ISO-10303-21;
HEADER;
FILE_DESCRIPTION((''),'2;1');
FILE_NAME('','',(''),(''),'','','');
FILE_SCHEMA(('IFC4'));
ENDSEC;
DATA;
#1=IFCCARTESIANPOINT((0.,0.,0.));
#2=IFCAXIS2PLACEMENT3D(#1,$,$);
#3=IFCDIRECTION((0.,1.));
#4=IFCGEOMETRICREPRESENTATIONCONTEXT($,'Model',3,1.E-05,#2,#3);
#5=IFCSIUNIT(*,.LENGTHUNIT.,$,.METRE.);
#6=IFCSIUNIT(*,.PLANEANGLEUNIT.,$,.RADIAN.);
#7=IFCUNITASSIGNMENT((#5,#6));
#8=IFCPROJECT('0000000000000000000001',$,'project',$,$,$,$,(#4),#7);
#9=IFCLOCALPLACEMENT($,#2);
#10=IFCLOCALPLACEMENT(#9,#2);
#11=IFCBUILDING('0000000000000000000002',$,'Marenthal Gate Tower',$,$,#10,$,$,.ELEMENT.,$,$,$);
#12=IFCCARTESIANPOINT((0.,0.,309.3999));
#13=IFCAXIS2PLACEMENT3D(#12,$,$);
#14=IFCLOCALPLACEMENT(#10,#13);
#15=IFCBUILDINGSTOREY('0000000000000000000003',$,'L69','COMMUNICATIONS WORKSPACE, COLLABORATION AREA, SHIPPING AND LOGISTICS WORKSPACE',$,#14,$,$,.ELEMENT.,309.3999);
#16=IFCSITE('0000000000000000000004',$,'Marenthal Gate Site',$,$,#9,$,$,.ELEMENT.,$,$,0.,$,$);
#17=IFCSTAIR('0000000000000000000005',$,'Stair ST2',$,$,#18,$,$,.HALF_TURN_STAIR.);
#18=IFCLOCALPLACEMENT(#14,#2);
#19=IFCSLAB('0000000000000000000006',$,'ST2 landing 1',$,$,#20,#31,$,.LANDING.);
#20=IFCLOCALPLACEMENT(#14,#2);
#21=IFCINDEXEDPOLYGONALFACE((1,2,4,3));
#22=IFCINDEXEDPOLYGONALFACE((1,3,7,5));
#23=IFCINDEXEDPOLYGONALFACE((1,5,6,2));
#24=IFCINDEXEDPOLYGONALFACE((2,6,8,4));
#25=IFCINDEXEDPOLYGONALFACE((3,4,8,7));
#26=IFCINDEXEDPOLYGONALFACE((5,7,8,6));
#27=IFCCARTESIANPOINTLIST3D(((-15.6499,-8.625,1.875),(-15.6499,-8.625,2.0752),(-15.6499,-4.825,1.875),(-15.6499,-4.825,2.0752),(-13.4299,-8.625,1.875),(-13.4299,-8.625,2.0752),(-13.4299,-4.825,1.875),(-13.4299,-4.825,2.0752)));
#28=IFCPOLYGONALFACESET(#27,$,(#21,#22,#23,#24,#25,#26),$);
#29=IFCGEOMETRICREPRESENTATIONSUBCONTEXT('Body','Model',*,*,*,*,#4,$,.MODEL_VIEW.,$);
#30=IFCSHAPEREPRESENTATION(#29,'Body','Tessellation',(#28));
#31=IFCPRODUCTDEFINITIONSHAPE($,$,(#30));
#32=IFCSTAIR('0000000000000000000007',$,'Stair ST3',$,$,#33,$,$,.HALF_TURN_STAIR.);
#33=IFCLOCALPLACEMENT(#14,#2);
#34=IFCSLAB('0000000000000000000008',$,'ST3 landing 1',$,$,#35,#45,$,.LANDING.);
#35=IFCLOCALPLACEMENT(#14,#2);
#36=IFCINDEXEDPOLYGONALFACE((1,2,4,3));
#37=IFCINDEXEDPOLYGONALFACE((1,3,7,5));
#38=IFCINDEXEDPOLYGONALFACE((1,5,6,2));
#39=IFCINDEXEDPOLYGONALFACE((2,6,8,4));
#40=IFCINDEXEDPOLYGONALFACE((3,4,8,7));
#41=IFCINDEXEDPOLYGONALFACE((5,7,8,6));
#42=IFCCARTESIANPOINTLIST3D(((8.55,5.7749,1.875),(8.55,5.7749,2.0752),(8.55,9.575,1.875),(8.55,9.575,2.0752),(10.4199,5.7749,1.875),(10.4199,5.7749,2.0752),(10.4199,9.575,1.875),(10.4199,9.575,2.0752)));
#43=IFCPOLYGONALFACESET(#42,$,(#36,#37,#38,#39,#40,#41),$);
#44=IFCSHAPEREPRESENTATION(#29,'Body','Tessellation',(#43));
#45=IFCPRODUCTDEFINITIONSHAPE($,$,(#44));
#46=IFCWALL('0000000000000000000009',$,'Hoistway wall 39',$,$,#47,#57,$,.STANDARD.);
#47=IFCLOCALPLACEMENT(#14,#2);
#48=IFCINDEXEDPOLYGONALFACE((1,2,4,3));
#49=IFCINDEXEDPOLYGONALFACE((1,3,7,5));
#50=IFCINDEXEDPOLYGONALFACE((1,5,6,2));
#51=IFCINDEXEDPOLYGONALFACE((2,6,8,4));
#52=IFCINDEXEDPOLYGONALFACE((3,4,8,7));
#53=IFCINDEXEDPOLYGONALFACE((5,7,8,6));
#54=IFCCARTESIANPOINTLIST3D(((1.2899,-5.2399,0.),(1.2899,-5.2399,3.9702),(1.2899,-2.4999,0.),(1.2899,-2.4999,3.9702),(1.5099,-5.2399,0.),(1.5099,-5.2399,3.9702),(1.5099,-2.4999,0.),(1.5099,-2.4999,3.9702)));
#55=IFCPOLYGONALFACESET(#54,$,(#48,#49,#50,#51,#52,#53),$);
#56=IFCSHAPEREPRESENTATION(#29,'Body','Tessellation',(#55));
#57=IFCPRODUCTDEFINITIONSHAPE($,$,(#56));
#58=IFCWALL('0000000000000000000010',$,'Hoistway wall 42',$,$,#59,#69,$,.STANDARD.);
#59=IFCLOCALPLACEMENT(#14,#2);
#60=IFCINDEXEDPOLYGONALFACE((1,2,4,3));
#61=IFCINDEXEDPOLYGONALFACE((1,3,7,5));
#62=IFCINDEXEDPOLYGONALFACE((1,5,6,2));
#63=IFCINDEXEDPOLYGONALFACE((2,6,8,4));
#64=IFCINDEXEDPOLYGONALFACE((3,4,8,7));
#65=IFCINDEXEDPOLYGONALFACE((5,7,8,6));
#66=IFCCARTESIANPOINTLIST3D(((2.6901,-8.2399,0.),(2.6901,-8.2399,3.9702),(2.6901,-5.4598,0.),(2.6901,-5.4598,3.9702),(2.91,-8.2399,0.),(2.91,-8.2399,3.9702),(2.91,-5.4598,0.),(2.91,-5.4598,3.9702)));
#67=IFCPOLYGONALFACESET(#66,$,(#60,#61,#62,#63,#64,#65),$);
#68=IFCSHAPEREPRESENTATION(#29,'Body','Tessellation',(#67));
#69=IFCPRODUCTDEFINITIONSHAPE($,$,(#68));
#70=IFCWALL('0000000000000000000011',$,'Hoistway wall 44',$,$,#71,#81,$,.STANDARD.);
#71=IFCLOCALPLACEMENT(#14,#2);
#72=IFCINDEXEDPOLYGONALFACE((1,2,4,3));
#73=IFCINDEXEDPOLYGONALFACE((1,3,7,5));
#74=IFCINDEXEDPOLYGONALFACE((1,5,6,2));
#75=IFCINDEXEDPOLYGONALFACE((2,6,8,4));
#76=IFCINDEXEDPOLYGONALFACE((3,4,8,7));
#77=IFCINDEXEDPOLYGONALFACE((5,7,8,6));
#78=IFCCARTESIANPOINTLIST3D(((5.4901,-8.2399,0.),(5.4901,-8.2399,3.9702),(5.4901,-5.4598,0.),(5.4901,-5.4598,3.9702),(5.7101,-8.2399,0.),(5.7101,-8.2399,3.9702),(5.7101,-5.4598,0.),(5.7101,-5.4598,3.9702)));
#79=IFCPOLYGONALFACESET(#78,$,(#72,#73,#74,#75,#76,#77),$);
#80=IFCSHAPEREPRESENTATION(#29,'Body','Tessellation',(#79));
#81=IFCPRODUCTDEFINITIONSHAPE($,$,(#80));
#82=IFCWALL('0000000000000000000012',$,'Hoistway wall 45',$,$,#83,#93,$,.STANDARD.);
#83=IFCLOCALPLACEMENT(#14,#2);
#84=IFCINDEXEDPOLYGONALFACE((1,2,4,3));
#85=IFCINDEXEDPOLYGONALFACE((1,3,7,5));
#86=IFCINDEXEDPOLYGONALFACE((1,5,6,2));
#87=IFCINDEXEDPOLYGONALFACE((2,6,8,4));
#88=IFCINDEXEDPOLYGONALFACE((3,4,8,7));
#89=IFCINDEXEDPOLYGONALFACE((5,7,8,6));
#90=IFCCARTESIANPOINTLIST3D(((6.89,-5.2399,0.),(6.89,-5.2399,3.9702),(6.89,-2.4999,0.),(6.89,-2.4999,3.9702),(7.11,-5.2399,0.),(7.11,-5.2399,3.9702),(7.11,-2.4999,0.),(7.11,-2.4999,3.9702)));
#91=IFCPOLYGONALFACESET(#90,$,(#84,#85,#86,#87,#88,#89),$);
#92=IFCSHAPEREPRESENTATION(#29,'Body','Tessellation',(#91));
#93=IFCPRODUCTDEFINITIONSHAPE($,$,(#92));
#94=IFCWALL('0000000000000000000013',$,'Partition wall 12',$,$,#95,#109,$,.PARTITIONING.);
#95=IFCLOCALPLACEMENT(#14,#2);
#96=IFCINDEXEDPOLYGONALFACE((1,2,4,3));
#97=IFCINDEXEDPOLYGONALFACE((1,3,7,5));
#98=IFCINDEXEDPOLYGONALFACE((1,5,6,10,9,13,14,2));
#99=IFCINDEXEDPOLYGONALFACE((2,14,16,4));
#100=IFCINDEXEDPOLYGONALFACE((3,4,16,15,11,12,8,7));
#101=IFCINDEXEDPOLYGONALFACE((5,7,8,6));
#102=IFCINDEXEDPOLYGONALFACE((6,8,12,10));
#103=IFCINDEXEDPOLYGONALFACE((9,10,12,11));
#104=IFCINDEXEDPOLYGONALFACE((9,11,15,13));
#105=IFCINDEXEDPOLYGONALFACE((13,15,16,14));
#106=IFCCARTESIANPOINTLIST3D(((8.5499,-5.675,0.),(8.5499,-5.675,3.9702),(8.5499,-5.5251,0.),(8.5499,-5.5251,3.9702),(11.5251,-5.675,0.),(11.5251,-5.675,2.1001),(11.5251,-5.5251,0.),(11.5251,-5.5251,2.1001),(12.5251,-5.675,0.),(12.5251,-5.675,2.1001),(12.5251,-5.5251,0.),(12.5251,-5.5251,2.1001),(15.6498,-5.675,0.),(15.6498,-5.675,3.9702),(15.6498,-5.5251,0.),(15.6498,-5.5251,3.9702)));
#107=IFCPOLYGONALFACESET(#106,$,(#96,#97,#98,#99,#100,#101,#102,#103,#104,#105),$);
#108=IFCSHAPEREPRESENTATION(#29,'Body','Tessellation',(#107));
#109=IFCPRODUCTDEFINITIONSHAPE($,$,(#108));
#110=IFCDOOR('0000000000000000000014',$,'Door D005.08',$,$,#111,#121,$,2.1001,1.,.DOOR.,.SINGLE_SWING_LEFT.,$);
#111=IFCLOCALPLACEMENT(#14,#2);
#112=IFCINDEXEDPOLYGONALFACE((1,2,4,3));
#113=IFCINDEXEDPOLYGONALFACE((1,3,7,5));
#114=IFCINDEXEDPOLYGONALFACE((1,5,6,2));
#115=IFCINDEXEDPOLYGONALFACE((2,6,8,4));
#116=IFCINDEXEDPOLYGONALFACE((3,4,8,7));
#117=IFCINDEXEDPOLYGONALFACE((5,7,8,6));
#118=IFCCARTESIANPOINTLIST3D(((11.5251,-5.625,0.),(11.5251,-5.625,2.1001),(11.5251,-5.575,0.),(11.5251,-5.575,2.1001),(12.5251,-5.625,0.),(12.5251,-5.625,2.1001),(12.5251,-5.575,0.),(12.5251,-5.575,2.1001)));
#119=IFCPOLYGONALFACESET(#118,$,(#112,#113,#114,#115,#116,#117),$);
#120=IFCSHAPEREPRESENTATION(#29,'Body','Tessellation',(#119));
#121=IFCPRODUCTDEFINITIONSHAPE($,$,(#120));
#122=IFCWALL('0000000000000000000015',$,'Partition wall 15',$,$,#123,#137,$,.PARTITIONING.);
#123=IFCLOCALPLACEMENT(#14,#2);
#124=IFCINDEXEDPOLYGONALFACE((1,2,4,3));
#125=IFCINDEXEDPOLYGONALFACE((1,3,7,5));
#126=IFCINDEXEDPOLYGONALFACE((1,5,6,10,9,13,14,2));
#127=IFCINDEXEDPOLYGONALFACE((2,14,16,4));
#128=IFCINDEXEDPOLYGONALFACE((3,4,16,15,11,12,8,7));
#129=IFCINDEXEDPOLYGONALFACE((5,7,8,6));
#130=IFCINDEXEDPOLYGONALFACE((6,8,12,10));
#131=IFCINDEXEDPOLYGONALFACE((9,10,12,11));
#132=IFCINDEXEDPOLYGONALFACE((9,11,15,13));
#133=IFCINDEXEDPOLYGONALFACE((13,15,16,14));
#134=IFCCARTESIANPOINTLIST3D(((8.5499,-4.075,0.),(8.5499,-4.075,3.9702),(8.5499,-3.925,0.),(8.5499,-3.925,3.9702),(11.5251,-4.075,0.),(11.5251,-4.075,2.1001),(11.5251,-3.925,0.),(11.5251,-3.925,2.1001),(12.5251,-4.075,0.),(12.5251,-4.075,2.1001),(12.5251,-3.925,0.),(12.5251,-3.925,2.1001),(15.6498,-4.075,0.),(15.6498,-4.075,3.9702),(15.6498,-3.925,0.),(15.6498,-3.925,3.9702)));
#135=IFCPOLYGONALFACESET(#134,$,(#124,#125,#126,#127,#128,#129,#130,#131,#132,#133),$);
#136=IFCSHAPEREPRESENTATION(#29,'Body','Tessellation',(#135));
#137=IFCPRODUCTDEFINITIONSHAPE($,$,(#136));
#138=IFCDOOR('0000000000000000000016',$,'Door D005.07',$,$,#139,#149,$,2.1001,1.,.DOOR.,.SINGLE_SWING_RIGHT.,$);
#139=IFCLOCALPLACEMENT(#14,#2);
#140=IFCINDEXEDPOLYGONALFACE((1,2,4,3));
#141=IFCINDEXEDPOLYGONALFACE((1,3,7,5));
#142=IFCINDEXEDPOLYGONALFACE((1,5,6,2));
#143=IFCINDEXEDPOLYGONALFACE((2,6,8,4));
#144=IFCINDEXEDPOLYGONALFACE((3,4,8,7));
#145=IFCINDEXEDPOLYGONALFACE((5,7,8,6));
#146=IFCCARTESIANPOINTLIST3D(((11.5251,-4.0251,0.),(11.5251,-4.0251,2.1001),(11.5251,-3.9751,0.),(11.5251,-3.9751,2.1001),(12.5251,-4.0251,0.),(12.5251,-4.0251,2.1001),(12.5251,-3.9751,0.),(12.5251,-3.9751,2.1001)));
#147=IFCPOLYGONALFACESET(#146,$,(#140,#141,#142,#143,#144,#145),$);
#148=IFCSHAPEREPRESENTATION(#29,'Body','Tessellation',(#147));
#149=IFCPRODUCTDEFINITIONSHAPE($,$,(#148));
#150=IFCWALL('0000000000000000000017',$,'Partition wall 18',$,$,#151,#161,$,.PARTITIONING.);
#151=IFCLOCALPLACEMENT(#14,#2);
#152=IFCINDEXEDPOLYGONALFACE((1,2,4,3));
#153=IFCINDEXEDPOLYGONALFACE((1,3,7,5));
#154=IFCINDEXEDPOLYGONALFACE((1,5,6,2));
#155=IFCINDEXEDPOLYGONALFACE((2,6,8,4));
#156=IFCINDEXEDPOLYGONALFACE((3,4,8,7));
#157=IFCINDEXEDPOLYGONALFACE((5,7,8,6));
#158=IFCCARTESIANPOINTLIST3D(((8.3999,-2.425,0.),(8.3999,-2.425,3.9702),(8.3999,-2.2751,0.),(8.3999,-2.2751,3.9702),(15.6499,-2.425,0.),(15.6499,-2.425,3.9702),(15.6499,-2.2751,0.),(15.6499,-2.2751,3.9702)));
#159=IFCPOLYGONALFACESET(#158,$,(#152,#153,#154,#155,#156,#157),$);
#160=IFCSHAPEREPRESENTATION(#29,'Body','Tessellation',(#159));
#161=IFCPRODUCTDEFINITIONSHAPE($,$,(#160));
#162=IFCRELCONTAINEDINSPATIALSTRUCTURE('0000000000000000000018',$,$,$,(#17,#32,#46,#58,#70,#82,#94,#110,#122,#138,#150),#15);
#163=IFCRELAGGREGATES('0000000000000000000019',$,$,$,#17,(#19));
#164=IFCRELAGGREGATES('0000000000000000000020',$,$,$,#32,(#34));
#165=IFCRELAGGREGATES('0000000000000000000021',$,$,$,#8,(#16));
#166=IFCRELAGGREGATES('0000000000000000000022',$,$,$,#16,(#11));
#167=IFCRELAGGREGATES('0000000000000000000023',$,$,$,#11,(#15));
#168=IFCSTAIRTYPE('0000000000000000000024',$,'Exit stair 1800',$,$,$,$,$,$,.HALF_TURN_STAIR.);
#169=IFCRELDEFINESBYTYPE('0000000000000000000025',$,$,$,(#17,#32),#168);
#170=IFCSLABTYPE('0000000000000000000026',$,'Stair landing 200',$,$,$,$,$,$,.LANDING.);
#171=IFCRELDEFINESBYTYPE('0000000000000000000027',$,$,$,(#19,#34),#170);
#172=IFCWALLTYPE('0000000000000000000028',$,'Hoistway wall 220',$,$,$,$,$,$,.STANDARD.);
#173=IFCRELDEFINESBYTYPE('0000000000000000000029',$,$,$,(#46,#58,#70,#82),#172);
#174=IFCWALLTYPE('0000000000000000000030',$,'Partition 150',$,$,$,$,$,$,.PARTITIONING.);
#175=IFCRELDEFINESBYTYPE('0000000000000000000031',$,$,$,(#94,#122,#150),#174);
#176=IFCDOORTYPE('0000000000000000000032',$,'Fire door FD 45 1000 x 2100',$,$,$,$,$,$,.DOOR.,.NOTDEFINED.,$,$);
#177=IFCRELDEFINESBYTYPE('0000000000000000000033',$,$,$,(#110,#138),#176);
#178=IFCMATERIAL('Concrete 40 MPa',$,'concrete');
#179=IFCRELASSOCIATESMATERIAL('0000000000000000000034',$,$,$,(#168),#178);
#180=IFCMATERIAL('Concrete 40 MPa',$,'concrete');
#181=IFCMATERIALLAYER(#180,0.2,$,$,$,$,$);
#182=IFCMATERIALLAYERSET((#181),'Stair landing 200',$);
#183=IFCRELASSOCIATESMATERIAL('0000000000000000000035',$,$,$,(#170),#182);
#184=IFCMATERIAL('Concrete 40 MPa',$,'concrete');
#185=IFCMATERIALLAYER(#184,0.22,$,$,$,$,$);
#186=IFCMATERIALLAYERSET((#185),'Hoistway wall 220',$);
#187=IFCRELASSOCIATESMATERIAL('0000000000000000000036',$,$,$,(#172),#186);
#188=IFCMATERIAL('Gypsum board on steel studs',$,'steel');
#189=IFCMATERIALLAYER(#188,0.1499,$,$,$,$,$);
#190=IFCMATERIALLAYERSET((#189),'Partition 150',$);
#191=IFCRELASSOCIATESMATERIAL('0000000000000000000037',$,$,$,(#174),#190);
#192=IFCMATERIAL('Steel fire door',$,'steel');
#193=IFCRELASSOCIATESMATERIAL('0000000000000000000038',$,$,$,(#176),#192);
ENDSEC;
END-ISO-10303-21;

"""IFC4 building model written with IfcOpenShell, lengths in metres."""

from ifc_helpers import new_model, si_unit, direction, frame, frame_2d, origin, place, context, subcontext, project, spatial, polyline, rectangle, outline, extrude, material, layer, layer_set, type_object, element, fill, aggregate, save


model = new_model("IFC4")

# Units and contexts
model_context = context("Model", 3, precision=1e-05, world=origin(), true_north=direction((0.0, 1.0)))
body_context = subcontext(model_context, "Body", "Model", "MODEL_VIEW")
ifc_project = project(units=[si_unit("LENGTHUNIT", "METRE"), si_unit("PLANEANGLEUNIT", "RADIAN")], contexts=[model_context])

# Site, building, storey
site_placement = place(None, origin())
site = spatial("IfcSite", under=ifc_project, at=site_placement, Name="Marenthal Gate Site", CompositionType="ELEMENT", RefElevation=0.0)
building_placement = place(site_placement, origin())
building = spatial("IfcBuilding", under=site, at=building_placement, Name="Marenthal Gate Tower", CompositionType="ELEMENT")
storey_placement = place(building_placement, frame((0.0, 0.0, 309.3999)))
storey = spatial("IfcBuildingStorey", under=building, at=storey_placement, Name="L69", Description="COMMUNICATIONS WORKSPACE, COLLABORATION AREA, SHIPPING AND LOGISTICS WORKSPACE", CompositionType="ELEMENT", Elevation=309.3999)

# Stairs, slabs
ifc_material_1 = material(Name="Concrete 40 MPa", Category="concrete")
stair_type = type_object("IfcStairType", Name="Exit stair 1800", PredefinedType="HALF_TURN_STAIR", material=ifc_material_1)
ifc_material_2 = material(Name="Concrete 40 MPa", Category="concrete")
ifc_layer_1 = layer(ifc_material_2, 0.2)
ifc_layer_set_1 = layer_set([ifc_layer_1], Name="Stair landing 200")
slab_type_1 = type_object("IfcSlabType", Name="Stair landing 200", PredefinedType="LANDING", material=ifc_layer_set_1)
stair_1_placement = place(storey_placement, origin())
stair_1 = element("IfcStair", 1, at=stair_1_placement, inside=storey, type_object=stair_type, Name="Stair ST2", PredefinedType="HALF_TURN_STAIR")
slab_1_placement = place(storey_placement, frame((0.0, 0.0, 1.875)))
slab_1 = element("IfcSlab", 2, at=slab_1_placement, type_object=slab_type_1, Name="ST2 landing 1", PredefinedType="LANDING", context=body_context, shape_type="SweptSolid", body=[
    extrude(outline(polyline([(-15.6499, -8.625), (-13.4299, -8.625), (-13.4299, -4.825), (-15.6499, -4.825), (-15.6499, -8.625)])), origin(), (0.0, 0.0, 1.0), 0.2002),
])
aggregate(stair_1, [slab_1])
stair_2_placement = place(storey_placement, origin())
stair_2 = element("IfcStair", 3, at=stair_2_placement, inside=storey, type_object=stair_type, Name="Stair ST3", PredefinedType="HALF_TURN_STAIR")
slab_2_placement = place(storey_placement, frame((0.0, 0.0, 1.875)))
slab_2 = element("IfcSlab", 4, at=slab_2_placement, type_object=slab_type_1, Name="ST3 landing 1", PredefinedType="LANDING", context=body_context, shape_type="SweptSolid", body=[
    extrude(outline(polyline([(8.55, 5.7749), (10.4199, 5.7749), (10.4199, 9.575), (8.55, 9.575), (8.55, 5.7749)])), origin(), (0.0, 0.0, 1.0), 0.2002),
])
aggregate(stair_2, [slab_2])

# Walls
ifc_material_3 = material(Name="Concrete 40 MPa", Category="concrete")
ifc_layer_2 = layer(ifc_material_3, 0.22)
ifc_layer_set_2 = layer_set([ifc_layer_2], Name="Hoistway wall 220")
wall_type_1 = type_object("IfcWallType", Name="Hoistway wall 220", PredefinedType="STANDARD", material=ifc_layer_set_2)
wall_1_placement = place(storey_placement, frame((1.3999, -5.24, 0.0), z_axis=(0.0, 0.0, 1.0), x_axis=(0.0, 1.0, 0.0)))
element("IfcWall", 5, at=wall_1_placement, inside=storey, type_object=wall_type_1, Name="Hoistway wall 39", PredefinedType="STANDARD", context=body_context, shape_type="SweptSolid", body=[
    extrude(rectangle(XDim=2.74, YDim=0.22, at=frame_2d((1.3701, 0.0))), origin(), (0.0, 0.0, 1.0), 3.9702),
])
for number, where, z_axis, x_axis, name in (
    (6, (2.8, -8.24, 0.0), (0.0, 0.0, 1.0), (0.0, 1.0, 0.0), "Hoistway wall 42"),
    (7, (5.6001, -8.24, 0.0), (0.0, 0.0, 1.0), (0.0, 1.0, 0.0), "Hoistway wall 44"),
):
    element("IfcWall", number, at=place(storey_placement, frame(where, z_axis=z_axis, x_axis=x_axis)), inside=storey, type_object=wall_type_1, Name=name, PredefinedType="STANDARD", context=body_context, shape_type="SweptSolid", body=[
        extrude(rectangle(XDim=2.78, YDim=0.22, at=frame_2d((1.3901, 0.0))), origin(), (0.0, 0.0, 1.0), 3.9702),
    ])
wall_2_placement = place(storey_placement, frame((7.0, -5.24, 0.0), z_axis=(0.0, 0.0, 1.0), x_axis=(0.0, 1.0, 0.0)))
element("IfcWall", 8, at=wall_2_placement, inside=storey, type_object=wall_type_1, Name="Hoistway wall 45", PredefinedType="STANDARD", context=body_context, shape_type="SweptSolid", body=[
    extrude(rectangle(XDim=2.74, YDim=0.22, at=frame_2d((1.3701, 0.0))), origin(), (0.0, 0.0, 1.0), 3.9702),
])

# Walls, openings, doors
ifc_material_4 = material(Name="Gypsum board on steel studs", Category="steel")
ifc_layer_3 = layer(ifc_material_4, 0.1499)
ifc_layer_set_3 = layer_set([ifc_layer_3], Name="Partition 150")
wall_type_2 = type_object("IfcWallType", Name="Partition 150", PredefinedType="PARTITIONING", material=ifc_layer_set_3)
wall_3_placement = place(storey_placement, frame((8.55, -5.6001, 0.0), z_axis=(0.0, 0.0, 1.0), x_axis=(1.0, 0.0, 0.0)))
wall_3 = element("IfcWall", 9, at=wall_3_placement, inside=storey, type_object=wall_type_2, Name="Partition wall 12", PredefinedType="PARTITIONING", context=body_context, shape_type="SweptSolid", body=[
    extrude(rectangle(XDim=7.0999, YDim=0.1499, at=frame_2d((3.5498, 0.0))), origin(), (0.0, 0.0, 1.0), 3.9702),
])
opening_1_placement = place(wall_3_placement, frame((2.9751, 0.0, 0.0)))
opening_1 = element("IfcOpeningElement", 10, at=opening_1_placement, cuts=wall_3, PredefinedType="OPENING", context=body_context, shape_type="SweptSolid", body=[
    extrude(rectangle(XDim=1.0, YDim=2.1001, at=frame_2d((0.5, 1.05))), frame((0.0, 0.085, 0.0), z_axis=(0.0, -1.0, 0.0), x_axis=(1.0, 0.0, 0.0)), (0.0, 0.0, 1.0), 0.1699),
])
ifc_material_5 = material(Name="Steel fire door", Category="steel")
door_type = type_object("IfcDoorType", Name="Fire door FD 45 1000 x 2100", OperationType="NOTDEFINED", PredefinedType="DOOR", material=ifc_material_5)
door_1_placement = place(opening_1_placement, frame((1.0, 0.0, 0.0), z_axis=(0.0, 0.0, 1.0), x_axis=(-1.0, 0.0, 0.0)))
door_1 = element("IfcDoor", 11, at=door_1_placement, inside=storey, type_object=door_type, Name="Door D005.08", OperationType="SINGLE_SWING_LEFT", OverallHeight=2.1001, OverallWidth=1.0, PredefinedType="DOOR", context=body_context, shape_type="SweptSolid", body=[
    extrude(rectangle(XDim=1.0, YDim=2.1001, at=frame_2d((0.5, 1.05))), frame((0.0, 0.0249, 0.0), z_axis=(0.0, -1.0, 0.0), x_axis=(1.0, 0.0, 0.0)), (0.0, 0.0, 1.0), 0.05),
])
fill(opening_1, door_1)
wall_4_placement = place(storey_placement, frame((8.55, -4.0, 0.0), z_axis=(0.0, 0.0, 1.0), x_axis=(1.0, 0.0, 0.0)))
wall_4 = element("IfcWall", 12, at=wall_4_placement, inside=storey, type_object=wall_type_2, Name="Partition wall 15", PredefinedType="PARTITIONING", context=body_context, shape_type="SweptSolid", body=[
    extrude(rectangle(XDim=7.0999, YDim=0.1499, at=frame_2d((3.5498, 0.0))), origin(), (0.0, 0.0, 1.0), 3.9702),
])
opening_2_placement = place(wall_4_placement, frame((2.9751, 0.0, 0.0)))
opening_2 = element("IfcOpeningElement", 13, at=opening_2_placement, cuts=wall_4, PredefinedType="OPENING", context=body_context, shape_type="SweptSolid", body=[
    extrude(rectangle(XDim=1.0, YDim=2.1001, at=frame_2d((0.5, 1.05))), frame((0.0, 0.085, 0.0), z_axis=(0.0, -1.0, 0.0), x_axis=(1.0, 0.0, 0.0)), (0.0, 0.0, 1.0), 0.1699),
])
door_2_placement = place(opening_2_placement, origin())
door_2 = element("IfcDoor", 14, at=door_2_placement, inside=storey, type_object=door_type, Name="Door D005.07", OperationType="SINGLE_SWING_RIGHT", OverallHeight=2.1001, OverallWidth=1.0, PredefinedType="DOOR", context=body_context, shape_type="SweptSolid", body=[
    extrude(rectangle(XDim=1.0, YDim=2.1001, at=frame_2d((0.5, 1.05))), frame((0.0, 0.0249, 0.0), z_axis=(0.0, -1.0, 0.0), x_axis=(1.0, 0.0, 0.0)), (0.0, 0.0, 1.0), 0.05),
])
fill(opening_2, door_2)

# Wall
wall_5_placement = place(storey_placement, frame((8.3999, -2.3501, 0.0), z_axis=(0.0, 0.0, 1.0), x_axis=(1.0, 0.0, 0.0)))
element("IfcWall", 15, at=wall_5_placement, inside=storey, type_object=wall_type_2, Name="Partition wall 18", PredefinedType="PARTITIONING", context=body_context, shape_type="SweptSolid", body=[
    extrude(rectangle(XDim=7.25, YDim=0.1499, at=frame_2d((3.625, 0.0))), origin(), (0.0, 0.0, 1.0), 3.9702),
])

save(model, "model.ifc")
